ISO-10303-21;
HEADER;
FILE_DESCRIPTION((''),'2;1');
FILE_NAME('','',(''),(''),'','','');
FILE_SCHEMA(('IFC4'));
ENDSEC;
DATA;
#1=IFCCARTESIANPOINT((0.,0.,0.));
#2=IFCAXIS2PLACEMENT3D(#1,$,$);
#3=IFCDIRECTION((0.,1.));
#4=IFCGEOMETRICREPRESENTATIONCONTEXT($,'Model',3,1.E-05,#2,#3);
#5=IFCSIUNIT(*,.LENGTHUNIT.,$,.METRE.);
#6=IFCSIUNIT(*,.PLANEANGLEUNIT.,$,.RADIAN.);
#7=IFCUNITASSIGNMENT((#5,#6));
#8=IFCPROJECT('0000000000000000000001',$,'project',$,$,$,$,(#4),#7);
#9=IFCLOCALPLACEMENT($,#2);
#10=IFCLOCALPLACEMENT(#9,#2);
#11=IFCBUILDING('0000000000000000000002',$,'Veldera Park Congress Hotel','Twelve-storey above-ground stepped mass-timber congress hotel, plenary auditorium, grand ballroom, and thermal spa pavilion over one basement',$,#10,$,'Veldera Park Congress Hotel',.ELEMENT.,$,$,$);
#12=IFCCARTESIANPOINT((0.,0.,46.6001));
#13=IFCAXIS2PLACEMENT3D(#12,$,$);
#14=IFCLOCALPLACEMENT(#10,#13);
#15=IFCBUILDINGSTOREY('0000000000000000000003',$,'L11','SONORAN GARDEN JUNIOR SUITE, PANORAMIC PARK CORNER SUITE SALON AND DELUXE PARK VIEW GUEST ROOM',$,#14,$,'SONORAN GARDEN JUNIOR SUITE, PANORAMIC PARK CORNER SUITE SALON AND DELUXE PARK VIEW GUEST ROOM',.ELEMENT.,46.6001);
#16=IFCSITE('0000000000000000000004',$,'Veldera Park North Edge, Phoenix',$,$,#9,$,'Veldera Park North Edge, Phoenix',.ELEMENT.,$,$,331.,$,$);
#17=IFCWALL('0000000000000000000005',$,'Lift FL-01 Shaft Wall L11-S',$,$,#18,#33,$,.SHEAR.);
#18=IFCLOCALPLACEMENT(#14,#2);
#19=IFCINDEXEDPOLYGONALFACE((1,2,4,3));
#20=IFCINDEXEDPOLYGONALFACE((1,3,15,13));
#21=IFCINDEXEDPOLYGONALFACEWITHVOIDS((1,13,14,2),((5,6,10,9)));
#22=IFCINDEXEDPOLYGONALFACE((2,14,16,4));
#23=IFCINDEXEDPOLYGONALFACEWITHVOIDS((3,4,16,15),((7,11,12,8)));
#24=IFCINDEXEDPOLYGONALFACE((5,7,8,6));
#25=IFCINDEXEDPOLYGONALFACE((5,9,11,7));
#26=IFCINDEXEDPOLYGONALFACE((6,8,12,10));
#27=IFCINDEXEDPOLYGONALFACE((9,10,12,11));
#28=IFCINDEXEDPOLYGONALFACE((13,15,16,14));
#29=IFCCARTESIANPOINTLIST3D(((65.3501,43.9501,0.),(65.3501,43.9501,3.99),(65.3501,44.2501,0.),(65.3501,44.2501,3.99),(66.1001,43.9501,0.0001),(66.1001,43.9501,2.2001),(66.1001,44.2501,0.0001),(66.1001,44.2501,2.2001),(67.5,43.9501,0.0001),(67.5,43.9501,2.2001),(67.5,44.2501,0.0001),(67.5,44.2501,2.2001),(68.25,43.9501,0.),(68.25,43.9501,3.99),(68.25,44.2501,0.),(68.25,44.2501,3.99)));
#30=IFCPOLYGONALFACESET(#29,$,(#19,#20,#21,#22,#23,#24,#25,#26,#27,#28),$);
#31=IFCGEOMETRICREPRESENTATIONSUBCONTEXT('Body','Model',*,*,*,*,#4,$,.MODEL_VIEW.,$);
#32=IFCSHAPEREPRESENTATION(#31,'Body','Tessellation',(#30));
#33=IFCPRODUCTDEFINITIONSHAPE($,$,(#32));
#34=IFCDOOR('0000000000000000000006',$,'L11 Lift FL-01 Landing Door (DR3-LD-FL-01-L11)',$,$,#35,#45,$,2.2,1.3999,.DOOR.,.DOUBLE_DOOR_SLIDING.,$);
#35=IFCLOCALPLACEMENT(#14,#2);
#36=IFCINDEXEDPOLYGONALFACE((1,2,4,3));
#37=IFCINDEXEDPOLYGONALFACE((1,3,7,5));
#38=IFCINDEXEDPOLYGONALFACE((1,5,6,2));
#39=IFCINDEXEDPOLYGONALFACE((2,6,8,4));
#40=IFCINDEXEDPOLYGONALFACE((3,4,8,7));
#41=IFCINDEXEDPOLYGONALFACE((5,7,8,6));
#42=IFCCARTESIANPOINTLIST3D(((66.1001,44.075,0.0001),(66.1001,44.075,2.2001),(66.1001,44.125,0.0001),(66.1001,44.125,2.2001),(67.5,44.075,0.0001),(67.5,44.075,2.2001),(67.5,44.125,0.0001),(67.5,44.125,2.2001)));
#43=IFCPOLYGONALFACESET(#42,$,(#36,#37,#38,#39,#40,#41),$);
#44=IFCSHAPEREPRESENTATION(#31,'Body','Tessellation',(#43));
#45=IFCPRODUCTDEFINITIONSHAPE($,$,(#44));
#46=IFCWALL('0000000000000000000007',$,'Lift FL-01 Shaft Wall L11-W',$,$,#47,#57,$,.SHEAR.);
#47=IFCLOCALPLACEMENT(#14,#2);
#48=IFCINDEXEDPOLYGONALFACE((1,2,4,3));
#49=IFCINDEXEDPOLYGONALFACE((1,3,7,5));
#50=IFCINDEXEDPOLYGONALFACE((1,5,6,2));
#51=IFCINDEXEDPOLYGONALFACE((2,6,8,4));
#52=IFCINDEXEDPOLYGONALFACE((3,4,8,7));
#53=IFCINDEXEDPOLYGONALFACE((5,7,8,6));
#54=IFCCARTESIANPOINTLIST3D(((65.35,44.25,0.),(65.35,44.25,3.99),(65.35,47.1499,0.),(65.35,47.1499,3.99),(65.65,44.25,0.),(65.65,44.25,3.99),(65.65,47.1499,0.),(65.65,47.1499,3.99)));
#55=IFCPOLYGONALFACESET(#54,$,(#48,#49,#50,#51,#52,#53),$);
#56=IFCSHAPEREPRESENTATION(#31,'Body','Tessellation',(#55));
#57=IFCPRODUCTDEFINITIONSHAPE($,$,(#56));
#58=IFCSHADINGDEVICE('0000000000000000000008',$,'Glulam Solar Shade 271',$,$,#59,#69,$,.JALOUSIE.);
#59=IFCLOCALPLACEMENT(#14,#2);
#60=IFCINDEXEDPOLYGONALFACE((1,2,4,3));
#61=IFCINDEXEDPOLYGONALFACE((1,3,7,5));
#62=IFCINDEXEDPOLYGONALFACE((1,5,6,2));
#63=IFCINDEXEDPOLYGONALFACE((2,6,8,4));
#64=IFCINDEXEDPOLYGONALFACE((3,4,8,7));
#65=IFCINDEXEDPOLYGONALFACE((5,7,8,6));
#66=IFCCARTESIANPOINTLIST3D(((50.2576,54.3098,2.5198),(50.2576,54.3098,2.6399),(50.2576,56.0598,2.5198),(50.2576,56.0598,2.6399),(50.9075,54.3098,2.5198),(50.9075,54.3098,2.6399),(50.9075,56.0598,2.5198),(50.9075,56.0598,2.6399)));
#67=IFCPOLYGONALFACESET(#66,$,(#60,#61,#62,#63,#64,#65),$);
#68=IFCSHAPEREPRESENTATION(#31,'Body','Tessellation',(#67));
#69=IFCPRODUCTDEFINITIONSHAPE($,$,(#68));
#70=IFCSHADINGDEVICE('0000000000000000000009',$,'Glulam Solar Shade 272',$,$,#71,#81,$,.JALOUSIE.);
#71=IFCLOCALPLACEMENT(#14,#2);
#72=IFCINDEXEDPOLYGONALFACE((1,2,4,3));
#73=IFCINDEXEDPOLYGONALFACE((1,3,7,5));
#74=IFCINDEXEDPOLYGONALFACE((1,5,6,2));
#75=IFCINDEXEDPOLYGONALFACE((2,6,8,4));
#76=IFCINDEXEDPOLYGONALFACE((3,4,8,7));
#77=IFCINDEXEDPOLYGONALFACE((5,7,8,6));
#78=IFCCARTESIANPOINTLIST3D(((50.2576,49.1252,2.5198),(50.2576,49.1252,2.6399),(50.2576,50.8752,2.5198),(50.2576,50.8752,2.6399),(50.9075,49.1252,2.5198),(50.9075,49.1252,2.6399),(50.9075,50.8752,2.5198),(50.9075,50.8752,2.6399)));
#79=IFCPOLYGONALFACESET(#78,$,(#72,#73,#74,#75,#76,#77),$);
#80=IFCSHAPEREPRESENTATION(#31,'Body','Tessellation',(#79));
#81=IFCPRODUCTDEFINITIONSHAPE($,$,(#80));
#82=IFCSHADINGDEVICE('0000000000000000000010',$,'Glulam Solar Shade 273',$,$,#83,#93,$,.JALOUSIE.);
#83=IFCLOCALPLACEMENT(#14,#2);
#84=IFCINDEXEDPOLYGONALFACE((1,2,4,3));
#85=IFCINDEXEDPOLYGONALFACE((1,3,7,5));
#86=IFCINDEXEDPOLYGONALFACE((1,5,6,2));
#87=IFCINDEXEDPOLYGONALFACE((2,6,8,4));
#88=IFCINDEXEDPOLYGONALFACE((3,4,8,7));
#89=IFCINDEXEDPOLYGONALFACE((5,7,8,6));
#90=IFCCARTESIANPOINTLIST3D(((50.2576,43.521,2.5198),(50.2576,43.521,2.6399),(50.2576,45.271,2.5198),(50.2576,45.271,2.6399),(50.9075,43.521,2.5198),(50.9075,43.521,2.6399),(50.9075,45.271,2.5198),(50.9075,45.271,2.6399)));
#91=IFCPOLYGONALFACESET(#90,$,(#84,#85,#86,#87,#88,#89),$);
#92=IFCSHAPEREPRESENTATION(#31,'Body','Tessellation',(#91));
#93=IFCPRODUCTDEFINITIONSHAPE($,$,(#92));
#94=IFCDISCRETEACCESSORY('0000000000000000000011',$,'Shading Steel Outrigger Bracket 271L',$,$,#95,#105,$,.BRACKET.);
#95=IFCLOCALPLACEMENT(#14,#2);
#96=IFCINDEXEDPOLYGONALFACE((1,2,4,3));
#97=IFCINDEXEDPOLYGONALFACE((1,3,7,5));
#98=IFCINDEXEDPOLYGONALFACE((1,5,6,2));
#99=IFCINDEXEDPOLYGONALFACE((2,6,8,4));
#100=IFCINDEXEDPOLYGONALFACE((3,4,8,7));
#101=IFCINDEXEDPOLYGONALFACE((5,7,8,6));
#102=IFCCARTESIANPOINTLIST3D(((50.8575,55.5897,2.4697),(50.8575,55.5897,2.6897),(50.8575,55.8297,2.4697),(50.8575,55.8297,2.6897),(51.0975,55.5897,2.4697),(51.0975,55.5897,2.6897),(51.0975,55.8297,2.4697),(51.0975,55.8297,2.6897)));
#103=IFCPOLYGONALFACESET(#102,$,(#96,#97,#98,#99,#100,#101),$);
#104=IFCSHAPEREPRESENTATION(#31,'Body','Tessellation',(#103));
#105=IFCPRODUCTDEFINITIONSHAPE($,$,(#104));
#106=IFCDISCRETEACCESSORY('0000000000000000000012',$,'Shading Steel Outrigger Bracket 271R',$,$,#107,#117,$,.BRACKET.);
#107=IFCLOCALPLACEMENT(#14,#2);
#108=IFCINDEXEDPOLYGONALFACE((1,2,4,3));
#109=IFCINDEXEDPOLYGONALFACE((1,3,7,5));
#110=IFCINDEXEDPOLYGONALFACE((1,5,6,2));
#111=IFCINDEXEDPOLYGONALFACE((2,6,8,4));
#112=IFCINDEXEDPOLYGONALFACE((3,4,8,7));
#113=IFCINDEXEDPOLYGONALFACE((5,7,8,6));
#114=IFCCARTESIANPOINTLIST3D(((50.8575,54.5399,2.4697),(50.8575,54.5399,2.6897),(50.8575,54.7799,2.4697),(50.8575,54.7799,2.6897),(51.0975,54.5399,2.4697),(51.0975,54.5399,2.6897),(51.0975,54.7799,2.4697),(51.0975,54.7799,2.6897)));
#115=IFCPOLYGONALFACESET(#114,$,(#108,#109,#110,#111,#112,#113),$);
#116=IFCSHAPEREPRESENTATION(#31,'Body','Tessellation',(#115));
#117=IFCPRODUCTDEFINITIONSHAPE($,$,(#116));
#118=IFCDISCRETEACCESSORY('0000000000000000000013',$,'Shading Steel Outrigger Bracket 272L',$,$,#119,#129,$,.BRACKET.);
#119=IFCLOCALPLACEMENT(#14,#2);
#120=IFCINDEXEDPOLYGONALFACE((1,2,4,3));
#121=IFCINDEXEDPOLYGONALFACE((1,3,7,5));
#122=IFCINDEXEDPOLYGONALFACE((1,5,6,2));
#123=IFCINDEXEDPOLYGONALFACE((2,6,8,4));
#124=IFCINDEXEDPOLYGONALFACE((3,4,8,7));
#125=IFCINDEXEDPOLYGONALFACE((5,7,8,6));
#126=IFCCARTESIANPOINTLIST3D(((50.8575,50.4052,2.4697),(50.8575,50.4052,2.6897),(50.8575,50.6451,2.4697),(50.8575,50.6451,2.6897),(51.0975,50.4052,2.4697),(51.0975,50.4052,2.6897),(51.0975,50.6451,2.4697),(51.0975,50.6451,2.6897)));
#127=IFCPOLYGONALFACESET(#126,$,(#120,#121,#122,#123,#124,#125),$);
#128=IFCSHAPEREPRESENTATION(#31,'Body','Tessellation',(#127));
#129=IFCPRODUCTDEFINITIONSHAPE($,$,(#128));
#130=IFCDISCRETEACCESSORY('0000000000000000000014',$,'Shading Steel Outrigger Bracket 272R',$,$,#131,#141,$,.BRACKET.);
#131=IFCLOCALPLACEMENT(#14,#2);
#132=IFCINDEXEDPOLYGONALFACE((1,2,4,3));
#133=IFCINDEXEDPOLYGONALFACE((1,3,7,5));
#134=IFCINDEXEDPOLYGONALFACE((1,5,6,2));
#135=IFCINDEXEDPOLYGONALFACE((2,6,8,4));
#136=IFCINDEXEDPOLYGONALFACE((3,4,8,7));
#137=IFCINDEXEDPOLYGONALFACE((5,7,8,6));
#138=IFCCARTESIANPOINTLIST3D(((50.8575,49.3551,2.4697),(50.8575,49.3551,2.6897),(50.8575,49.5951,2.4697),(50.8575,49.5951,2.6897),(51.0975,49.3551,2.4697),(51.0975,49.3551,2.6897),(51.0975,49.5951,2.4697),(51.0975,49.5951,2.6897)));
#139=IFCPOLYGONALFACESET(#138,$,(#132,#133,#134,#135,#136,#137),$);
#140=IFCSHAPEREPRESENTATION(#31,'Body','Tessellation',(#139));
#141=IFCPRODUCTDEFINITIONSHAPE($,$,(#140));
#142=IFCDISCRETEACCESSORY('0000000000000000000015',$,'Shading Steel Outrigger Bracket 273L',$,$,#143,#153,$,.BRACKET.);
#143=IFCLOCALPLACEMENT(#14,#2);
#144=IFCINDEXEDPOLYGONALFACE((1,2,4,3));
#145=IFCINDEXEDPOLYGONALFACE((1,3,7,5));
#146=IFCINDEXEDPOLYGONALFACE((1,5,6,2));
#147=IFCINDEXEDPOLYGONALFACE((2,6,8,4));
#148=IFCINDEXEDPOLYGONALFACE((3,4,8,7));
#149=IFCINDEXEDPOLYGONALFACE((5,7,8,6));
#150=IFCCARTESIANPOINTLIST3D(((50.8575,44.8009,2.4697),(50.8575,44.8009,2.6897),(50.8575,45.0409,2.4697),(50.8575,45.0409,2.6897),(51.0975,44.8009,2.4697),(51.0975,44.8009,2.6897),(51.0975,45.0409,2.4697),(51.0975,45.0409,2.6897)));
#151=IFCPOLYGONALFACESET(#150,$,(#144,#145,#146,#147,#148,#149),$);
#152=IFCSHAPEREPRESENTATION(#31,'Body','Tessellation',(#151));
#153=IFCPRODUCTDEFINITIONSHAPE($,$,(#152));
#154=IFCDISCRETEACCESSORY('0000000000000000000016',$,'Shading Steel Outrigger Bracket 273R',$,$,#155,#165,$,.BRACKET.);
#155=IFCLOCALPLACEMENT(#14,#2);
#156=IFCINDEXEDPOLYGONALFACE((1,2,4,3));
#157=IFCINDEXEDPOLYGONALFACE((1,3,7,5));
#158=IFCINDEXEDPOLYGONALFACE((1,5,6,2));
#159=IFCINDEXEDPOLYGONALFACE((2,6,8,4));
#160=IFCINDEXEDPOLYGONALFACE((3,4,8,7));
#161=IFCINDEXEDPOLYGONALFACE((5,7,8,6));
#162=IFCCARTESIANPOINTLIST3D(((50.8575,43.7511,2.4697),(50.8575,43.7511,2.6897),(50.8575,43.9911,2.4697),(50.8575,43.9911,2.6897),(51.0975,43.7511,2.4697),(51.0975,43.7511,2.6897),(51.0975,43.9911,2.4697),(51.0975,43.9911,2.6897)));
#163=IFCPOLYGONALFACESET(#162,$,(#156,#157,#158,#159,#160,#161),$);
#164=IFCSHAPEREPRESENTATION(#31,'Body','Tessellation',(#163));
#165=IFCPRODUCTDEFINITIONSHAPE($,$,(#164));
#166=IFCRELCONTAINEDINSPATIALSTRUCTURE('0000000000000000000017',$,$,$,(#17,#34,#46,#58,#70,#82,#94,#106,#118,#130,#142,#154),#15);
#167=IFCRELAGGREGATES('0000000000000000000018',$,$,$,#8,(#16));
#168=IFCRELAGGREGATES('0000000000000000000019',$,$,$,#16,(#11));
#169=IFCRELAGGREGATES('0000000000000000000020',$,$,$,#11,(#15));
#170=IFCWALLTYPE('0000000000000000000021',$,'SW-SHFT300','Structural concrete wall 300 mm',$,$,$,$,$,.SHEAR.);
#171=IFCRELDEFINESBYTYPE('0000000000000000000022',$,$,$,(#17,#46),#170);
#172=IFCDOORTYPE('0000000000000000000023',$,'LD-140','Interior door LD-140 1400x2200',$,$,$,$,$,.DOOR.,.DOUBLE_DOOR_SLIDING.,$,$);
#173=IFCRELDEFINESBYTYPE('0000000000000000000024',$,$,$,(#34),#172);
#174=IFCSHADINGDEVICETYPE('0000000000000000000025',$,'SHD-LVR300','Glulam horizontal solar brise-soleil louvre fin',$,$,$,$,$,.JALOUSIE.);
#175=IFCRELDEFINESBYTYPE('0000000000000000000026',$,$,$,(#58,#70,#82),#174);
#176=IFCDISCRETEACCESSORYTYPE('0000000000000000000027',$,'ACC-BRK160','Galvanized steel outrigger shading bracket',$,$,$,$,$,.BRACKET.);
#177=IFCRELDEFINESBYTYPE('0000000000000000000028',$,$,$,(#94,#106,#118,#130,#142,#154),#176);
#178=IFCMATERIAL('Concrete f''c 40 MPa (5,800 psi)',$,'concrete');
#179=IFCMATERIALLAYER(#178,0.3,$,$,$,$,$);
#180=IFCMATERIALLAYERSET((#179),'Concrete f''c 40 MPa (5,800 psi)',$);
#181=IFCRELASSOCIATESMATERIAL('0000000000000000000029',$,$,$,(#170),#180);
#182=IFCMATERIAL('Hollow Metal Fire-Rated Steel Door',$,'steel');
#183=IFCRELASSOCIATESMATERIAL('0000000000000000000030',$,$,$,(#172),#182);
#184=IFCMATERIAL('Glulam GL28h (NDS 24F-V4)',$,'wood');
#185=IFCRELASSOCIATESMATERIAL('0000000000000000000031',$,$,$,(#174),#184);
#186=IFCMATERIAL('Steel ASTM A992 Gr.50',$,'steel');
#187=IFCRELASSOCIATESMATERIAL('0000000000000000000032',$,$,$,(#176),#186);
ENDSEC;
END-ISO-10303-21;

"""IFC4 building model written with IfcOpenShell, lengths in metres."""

from ifc_helpers import new_model, si_unit, direction, frame, frame_2d, origin, origin_2d, place, context, subcontext, project, spatial, rectangle, extrude, material, layer, layer_set, type_object, element, fill, save


model = new_model("IFC4")

# Units and contexts
model_context = context("Model", 3, precision=1e-05, world=origin(), true_north=direction((0.0, 1.0)))
body_context = subcontext(model_context, "Body", "Model", "MODEL_VIEW")
ifc_project = project(units=[si_unit("LENGTHUNIT", "METRE"), si_unit("PLANEANGLEUNIT", "RADIAN")], contexts=[model_context])

# Site, building, storey
site_placement = place(None, origin())
site = spatial("IfcSite", under=ifc_project, at=site_placement, Name="Veldera Park North Edge, Phoenix", LongName="Veldera Park North Edge, Phoenix", CompositionType="ELEMENT", RefElevation=331.0)
building_placement = place(site_placement, origin())
building = spatial("IfcBuilding", under=site, at=building_placement, Name="Veldera Park Congress Hotel", Description="Twelve-storey above-ground stepped mass-timber congress hotel, plenary auditorium, grand ballroom, and thermal spa pavilion over one basement", LongName="Veldera Park Congress Hotel", CompositionType="ELEMENT")
storey_placement = place(building_placement, frame((0.0, 0.0, 46.6001)))
storey = spatial("IfcBuildingStorey", under=building, at=storey_placement, Name="L11", Description="SONORAN GARDEN JUNIOR SUITE, PANORAMIC PARK CORNER SUITE SALON AND DELUXE PARK VIEW GUEST ROOM", LongName="SONORAN GARDEN JUNIOR SUITE, PANORAMIC PARK CORNER SUITE SALON AND DELUXE PARK VIEW GUEST ROOM", CompositionType="ELEMENT", Elevation=46.6001)

# Shared definitions
ifc_material_1 = material(Name="Glulam GL28h (NDS 24F-V4)", Category="wood")

# Wall, opening, door
ifc_material_2 = material(Name="Concrete f'c 40 MPa (5,800 psi)", Category="concrete")
ifc_material_3 = material(Name="Hollow Metal Fire-Rated Steel Door", Category="steel")
ifc_layer_1 = layer(ifc_material_2, 0.3)
ifc_layer_set_1 = layer_set([ifc_layer_1], Name="Concrete f'c 40 MPa (5,800 psi)")
wall_type_1 = type_object("IfcWallType", Name="SW-SHFT300", Description="Structural concrete wall 300 mm", PredefinedType="SHEAR", material=ifc_layer_set_1)
wall_1_placement = place(storey_placement, frame((65.3501, 44.1001, 0.0), z_axis=(0.0, 0.0, 1.0), x_axis=(1.0, 0.0, 0.0)))
wall_1 = element("IfcWall", 1, at=wall_1_placement, inside=storey, type_object=wall_type_1, Name="Lift FL-01 Shaft Wall L11-S", PredefinedType="SHEAR", context=body_context, shape_type="SweptSolid", body=[
    extrude(rectangle(XDim=2.8999, YDim=0.3, at=frame_2d((1.45, 0.0))), origin(), (0.0, 0.0, 1.0), 3.99),
])
opening_1_placement = place(wall_1_placement, frame((0.75, 0.0, 0.0)))
opening_1 = element("IfcOpeningElement", 2, at=opening_1_placement, cuts=wall_1, PredefinedType="OPENING", context=body_context, shape_type="SweptSolid", body=[
    extrude(rectangle(XDim=1.3999, YDim=2.2, at=frame_2d((0.7, 1.1001))), frame((0.0, 0.1621, 0.0), z_axis=(0.0, -1.0, 0.0), x_axis=(1.0, 0.0, 0.0)), (0.0, 0.0, 1.0), 0.324),
])
door_type_1 = type_object("IfcDoorType", Name="LD-140", Description="Interior door LD-140 1400x2200", OperationType="DOUBLE_DOOR_SLIDING", PredefinedType="DOOR", material=ifc_material_3)
door_1_placement = place(opening_1_placement, origin())
door_1 = element("IfcDoor", 3, at=door_1_placement, inside=storey, type_object=door_type_1, Name="L11 Lift FL-01 Landing Door (DR3-LD-FL-01-L11)", OperationType="DOUBLE_DOOR_SLIDING", OverallHeight=2.2, OverallWidth=1.3999, PredefinedType="DOOR", context=body_context, shape_type="SweptSolid", body=[
    extrude(rectangle(XDim=1.3999, YDim=2.2, at=frame_2d((0.7, 1.1001))), frame((0.0, 0.0249, 0.0), z_axis=(0.0, -1.0, 0.0), x_axis=(1.0, 0.0, 0.0)), (0.0, 0.0, 1.0), 0.05),
])
fill(opening_1, door_1)

# Wall
wall_2_placement = place(storey_placement, frame((65.5, 47.1499, 0.0), z_axis=(0.0, 0.0, 1.0), x_axis=(0.0, -1.0, 0.0)))
element("IfcWall", 4, at=wall_2_placement, inside=storey, type_object=wall_type_1, Name="Lift FL-01 Shaft Wall L11-W", PredefinedType="SHEAR", context=body_context, shape_type="SweptSolid", body=[
    extrude(rectangle(XDim=2.8999, YDim=0.3, at=frame_2d((1.45, 0.0))), origin(), (0.0, 0.0, 1.0), 3.99),
])

# Shading devices
shading_device_type = type_object("IfcShadingDeviceType", Name="SHD-LVR300", Description="Glulam horizontal solar brise-soleil louvre fin", PredefinedType="JALOUSIE", material=ifc_material_1)
for number, where, z_axis, x_axis, name in (
    (5, (50.5825, 55.1848, 2.5198), (0.0, 0.0, 1.0), (0.0, -1.0, 0.0), "Glulam Solar Shade 271"),
    (6, (50.5825, 50.0002, 2.5198), (0.0, 0.0, 1.0), (0.0, -1.0, 0.0), "Glulam Solar Shade 272"),
    (7, (50.5825, 44.396, 2.5198), (0.0, 0.0, 1.0), (0.0, -1.0, 0.0), "Glulam Solar Shade 273"),
):
    element("IfcShadingDevice", number, at=place(storey_placement, frame(where, z_axis=z_axis, x_axis=x_axis)), inside=storey, type_object=shading_device_type, Name=name, PredefinedType="JALOUSIE", context=body_context, shape_type="SweptSolid", body=[
        extrude(rectangle(XDim=1.75, YDim=0.6499, at=origin_2d()), origin(), (0.0, 0.0, 1.0), 0.1201),
    ])

# Discrete accessories
ifc_material_4 = material(Name="Steel ASTM A992 Gr.50", Category="steel")
discrete_accessory_type = type_object("IfcDiscreteAccessoryType", Name="ACC-BRK160", Description="Galvanized steel outrigger shading bracket", PredefinedType="BRACKET", material=ifc_material_4)
for number, where, z_axis, x_axis, name in (
    (8, (50.9775, 55.7097, 2.4697), (0.0, 0.0, 1.0), (0.0, -1.0, 0.0), "Shading Steel Outrigger Bracket 271L"),
    (9, (50.9775, 54.6599, 2.4697), (0.0, 0.0, 1.0), (0.0, -1.0, 0.0), "Shading Steel Outrigger Bracket 271R"),
    (10, (50.9775, 50.5251, 2.4697), (0.0, 0.0, 1.0), (0.0, -1.0, 0.0), "Shading Steel Outrigger Bracket 272L"),
    (11, (50.9775, 49.4751, 2.4697), (0.0, 0.0, 1.0), (0.0, -1.0, 0.0), "Shading Steel Outrigger Bracket 272R"),
    (12, (50.9775, 44.9209, 2.4697), (0.0, 0.0, 1.0), (0.0, -1.0, 0.0), "Shading Steel Outrigger Bracket 273L"),
    (13, (50.9775, 43.8711, 2.4697), (0.0, 0.0, 1.0), (0.0, -1.0, 0.0), "Shading Steel Outrigger Bracket 273R"),
):
    element("IfcDiscreteAccessory", number, at=place(storey_placement, frame(where, z_axis=z_axis, x_axis=x_axis)), inside=storey, type_object=discrete_accessory_type, Name=name, PredefinedType="BRACKET", context=body_context, shape_type="SweptSolid", body=[
        extrude(rectangle(XDim=0.24, YDim=0.24, at=origin_2d()), origin(), (0.0, 0.0, 1.0), 0.22),
    ])

save(model, "model.ifc")
